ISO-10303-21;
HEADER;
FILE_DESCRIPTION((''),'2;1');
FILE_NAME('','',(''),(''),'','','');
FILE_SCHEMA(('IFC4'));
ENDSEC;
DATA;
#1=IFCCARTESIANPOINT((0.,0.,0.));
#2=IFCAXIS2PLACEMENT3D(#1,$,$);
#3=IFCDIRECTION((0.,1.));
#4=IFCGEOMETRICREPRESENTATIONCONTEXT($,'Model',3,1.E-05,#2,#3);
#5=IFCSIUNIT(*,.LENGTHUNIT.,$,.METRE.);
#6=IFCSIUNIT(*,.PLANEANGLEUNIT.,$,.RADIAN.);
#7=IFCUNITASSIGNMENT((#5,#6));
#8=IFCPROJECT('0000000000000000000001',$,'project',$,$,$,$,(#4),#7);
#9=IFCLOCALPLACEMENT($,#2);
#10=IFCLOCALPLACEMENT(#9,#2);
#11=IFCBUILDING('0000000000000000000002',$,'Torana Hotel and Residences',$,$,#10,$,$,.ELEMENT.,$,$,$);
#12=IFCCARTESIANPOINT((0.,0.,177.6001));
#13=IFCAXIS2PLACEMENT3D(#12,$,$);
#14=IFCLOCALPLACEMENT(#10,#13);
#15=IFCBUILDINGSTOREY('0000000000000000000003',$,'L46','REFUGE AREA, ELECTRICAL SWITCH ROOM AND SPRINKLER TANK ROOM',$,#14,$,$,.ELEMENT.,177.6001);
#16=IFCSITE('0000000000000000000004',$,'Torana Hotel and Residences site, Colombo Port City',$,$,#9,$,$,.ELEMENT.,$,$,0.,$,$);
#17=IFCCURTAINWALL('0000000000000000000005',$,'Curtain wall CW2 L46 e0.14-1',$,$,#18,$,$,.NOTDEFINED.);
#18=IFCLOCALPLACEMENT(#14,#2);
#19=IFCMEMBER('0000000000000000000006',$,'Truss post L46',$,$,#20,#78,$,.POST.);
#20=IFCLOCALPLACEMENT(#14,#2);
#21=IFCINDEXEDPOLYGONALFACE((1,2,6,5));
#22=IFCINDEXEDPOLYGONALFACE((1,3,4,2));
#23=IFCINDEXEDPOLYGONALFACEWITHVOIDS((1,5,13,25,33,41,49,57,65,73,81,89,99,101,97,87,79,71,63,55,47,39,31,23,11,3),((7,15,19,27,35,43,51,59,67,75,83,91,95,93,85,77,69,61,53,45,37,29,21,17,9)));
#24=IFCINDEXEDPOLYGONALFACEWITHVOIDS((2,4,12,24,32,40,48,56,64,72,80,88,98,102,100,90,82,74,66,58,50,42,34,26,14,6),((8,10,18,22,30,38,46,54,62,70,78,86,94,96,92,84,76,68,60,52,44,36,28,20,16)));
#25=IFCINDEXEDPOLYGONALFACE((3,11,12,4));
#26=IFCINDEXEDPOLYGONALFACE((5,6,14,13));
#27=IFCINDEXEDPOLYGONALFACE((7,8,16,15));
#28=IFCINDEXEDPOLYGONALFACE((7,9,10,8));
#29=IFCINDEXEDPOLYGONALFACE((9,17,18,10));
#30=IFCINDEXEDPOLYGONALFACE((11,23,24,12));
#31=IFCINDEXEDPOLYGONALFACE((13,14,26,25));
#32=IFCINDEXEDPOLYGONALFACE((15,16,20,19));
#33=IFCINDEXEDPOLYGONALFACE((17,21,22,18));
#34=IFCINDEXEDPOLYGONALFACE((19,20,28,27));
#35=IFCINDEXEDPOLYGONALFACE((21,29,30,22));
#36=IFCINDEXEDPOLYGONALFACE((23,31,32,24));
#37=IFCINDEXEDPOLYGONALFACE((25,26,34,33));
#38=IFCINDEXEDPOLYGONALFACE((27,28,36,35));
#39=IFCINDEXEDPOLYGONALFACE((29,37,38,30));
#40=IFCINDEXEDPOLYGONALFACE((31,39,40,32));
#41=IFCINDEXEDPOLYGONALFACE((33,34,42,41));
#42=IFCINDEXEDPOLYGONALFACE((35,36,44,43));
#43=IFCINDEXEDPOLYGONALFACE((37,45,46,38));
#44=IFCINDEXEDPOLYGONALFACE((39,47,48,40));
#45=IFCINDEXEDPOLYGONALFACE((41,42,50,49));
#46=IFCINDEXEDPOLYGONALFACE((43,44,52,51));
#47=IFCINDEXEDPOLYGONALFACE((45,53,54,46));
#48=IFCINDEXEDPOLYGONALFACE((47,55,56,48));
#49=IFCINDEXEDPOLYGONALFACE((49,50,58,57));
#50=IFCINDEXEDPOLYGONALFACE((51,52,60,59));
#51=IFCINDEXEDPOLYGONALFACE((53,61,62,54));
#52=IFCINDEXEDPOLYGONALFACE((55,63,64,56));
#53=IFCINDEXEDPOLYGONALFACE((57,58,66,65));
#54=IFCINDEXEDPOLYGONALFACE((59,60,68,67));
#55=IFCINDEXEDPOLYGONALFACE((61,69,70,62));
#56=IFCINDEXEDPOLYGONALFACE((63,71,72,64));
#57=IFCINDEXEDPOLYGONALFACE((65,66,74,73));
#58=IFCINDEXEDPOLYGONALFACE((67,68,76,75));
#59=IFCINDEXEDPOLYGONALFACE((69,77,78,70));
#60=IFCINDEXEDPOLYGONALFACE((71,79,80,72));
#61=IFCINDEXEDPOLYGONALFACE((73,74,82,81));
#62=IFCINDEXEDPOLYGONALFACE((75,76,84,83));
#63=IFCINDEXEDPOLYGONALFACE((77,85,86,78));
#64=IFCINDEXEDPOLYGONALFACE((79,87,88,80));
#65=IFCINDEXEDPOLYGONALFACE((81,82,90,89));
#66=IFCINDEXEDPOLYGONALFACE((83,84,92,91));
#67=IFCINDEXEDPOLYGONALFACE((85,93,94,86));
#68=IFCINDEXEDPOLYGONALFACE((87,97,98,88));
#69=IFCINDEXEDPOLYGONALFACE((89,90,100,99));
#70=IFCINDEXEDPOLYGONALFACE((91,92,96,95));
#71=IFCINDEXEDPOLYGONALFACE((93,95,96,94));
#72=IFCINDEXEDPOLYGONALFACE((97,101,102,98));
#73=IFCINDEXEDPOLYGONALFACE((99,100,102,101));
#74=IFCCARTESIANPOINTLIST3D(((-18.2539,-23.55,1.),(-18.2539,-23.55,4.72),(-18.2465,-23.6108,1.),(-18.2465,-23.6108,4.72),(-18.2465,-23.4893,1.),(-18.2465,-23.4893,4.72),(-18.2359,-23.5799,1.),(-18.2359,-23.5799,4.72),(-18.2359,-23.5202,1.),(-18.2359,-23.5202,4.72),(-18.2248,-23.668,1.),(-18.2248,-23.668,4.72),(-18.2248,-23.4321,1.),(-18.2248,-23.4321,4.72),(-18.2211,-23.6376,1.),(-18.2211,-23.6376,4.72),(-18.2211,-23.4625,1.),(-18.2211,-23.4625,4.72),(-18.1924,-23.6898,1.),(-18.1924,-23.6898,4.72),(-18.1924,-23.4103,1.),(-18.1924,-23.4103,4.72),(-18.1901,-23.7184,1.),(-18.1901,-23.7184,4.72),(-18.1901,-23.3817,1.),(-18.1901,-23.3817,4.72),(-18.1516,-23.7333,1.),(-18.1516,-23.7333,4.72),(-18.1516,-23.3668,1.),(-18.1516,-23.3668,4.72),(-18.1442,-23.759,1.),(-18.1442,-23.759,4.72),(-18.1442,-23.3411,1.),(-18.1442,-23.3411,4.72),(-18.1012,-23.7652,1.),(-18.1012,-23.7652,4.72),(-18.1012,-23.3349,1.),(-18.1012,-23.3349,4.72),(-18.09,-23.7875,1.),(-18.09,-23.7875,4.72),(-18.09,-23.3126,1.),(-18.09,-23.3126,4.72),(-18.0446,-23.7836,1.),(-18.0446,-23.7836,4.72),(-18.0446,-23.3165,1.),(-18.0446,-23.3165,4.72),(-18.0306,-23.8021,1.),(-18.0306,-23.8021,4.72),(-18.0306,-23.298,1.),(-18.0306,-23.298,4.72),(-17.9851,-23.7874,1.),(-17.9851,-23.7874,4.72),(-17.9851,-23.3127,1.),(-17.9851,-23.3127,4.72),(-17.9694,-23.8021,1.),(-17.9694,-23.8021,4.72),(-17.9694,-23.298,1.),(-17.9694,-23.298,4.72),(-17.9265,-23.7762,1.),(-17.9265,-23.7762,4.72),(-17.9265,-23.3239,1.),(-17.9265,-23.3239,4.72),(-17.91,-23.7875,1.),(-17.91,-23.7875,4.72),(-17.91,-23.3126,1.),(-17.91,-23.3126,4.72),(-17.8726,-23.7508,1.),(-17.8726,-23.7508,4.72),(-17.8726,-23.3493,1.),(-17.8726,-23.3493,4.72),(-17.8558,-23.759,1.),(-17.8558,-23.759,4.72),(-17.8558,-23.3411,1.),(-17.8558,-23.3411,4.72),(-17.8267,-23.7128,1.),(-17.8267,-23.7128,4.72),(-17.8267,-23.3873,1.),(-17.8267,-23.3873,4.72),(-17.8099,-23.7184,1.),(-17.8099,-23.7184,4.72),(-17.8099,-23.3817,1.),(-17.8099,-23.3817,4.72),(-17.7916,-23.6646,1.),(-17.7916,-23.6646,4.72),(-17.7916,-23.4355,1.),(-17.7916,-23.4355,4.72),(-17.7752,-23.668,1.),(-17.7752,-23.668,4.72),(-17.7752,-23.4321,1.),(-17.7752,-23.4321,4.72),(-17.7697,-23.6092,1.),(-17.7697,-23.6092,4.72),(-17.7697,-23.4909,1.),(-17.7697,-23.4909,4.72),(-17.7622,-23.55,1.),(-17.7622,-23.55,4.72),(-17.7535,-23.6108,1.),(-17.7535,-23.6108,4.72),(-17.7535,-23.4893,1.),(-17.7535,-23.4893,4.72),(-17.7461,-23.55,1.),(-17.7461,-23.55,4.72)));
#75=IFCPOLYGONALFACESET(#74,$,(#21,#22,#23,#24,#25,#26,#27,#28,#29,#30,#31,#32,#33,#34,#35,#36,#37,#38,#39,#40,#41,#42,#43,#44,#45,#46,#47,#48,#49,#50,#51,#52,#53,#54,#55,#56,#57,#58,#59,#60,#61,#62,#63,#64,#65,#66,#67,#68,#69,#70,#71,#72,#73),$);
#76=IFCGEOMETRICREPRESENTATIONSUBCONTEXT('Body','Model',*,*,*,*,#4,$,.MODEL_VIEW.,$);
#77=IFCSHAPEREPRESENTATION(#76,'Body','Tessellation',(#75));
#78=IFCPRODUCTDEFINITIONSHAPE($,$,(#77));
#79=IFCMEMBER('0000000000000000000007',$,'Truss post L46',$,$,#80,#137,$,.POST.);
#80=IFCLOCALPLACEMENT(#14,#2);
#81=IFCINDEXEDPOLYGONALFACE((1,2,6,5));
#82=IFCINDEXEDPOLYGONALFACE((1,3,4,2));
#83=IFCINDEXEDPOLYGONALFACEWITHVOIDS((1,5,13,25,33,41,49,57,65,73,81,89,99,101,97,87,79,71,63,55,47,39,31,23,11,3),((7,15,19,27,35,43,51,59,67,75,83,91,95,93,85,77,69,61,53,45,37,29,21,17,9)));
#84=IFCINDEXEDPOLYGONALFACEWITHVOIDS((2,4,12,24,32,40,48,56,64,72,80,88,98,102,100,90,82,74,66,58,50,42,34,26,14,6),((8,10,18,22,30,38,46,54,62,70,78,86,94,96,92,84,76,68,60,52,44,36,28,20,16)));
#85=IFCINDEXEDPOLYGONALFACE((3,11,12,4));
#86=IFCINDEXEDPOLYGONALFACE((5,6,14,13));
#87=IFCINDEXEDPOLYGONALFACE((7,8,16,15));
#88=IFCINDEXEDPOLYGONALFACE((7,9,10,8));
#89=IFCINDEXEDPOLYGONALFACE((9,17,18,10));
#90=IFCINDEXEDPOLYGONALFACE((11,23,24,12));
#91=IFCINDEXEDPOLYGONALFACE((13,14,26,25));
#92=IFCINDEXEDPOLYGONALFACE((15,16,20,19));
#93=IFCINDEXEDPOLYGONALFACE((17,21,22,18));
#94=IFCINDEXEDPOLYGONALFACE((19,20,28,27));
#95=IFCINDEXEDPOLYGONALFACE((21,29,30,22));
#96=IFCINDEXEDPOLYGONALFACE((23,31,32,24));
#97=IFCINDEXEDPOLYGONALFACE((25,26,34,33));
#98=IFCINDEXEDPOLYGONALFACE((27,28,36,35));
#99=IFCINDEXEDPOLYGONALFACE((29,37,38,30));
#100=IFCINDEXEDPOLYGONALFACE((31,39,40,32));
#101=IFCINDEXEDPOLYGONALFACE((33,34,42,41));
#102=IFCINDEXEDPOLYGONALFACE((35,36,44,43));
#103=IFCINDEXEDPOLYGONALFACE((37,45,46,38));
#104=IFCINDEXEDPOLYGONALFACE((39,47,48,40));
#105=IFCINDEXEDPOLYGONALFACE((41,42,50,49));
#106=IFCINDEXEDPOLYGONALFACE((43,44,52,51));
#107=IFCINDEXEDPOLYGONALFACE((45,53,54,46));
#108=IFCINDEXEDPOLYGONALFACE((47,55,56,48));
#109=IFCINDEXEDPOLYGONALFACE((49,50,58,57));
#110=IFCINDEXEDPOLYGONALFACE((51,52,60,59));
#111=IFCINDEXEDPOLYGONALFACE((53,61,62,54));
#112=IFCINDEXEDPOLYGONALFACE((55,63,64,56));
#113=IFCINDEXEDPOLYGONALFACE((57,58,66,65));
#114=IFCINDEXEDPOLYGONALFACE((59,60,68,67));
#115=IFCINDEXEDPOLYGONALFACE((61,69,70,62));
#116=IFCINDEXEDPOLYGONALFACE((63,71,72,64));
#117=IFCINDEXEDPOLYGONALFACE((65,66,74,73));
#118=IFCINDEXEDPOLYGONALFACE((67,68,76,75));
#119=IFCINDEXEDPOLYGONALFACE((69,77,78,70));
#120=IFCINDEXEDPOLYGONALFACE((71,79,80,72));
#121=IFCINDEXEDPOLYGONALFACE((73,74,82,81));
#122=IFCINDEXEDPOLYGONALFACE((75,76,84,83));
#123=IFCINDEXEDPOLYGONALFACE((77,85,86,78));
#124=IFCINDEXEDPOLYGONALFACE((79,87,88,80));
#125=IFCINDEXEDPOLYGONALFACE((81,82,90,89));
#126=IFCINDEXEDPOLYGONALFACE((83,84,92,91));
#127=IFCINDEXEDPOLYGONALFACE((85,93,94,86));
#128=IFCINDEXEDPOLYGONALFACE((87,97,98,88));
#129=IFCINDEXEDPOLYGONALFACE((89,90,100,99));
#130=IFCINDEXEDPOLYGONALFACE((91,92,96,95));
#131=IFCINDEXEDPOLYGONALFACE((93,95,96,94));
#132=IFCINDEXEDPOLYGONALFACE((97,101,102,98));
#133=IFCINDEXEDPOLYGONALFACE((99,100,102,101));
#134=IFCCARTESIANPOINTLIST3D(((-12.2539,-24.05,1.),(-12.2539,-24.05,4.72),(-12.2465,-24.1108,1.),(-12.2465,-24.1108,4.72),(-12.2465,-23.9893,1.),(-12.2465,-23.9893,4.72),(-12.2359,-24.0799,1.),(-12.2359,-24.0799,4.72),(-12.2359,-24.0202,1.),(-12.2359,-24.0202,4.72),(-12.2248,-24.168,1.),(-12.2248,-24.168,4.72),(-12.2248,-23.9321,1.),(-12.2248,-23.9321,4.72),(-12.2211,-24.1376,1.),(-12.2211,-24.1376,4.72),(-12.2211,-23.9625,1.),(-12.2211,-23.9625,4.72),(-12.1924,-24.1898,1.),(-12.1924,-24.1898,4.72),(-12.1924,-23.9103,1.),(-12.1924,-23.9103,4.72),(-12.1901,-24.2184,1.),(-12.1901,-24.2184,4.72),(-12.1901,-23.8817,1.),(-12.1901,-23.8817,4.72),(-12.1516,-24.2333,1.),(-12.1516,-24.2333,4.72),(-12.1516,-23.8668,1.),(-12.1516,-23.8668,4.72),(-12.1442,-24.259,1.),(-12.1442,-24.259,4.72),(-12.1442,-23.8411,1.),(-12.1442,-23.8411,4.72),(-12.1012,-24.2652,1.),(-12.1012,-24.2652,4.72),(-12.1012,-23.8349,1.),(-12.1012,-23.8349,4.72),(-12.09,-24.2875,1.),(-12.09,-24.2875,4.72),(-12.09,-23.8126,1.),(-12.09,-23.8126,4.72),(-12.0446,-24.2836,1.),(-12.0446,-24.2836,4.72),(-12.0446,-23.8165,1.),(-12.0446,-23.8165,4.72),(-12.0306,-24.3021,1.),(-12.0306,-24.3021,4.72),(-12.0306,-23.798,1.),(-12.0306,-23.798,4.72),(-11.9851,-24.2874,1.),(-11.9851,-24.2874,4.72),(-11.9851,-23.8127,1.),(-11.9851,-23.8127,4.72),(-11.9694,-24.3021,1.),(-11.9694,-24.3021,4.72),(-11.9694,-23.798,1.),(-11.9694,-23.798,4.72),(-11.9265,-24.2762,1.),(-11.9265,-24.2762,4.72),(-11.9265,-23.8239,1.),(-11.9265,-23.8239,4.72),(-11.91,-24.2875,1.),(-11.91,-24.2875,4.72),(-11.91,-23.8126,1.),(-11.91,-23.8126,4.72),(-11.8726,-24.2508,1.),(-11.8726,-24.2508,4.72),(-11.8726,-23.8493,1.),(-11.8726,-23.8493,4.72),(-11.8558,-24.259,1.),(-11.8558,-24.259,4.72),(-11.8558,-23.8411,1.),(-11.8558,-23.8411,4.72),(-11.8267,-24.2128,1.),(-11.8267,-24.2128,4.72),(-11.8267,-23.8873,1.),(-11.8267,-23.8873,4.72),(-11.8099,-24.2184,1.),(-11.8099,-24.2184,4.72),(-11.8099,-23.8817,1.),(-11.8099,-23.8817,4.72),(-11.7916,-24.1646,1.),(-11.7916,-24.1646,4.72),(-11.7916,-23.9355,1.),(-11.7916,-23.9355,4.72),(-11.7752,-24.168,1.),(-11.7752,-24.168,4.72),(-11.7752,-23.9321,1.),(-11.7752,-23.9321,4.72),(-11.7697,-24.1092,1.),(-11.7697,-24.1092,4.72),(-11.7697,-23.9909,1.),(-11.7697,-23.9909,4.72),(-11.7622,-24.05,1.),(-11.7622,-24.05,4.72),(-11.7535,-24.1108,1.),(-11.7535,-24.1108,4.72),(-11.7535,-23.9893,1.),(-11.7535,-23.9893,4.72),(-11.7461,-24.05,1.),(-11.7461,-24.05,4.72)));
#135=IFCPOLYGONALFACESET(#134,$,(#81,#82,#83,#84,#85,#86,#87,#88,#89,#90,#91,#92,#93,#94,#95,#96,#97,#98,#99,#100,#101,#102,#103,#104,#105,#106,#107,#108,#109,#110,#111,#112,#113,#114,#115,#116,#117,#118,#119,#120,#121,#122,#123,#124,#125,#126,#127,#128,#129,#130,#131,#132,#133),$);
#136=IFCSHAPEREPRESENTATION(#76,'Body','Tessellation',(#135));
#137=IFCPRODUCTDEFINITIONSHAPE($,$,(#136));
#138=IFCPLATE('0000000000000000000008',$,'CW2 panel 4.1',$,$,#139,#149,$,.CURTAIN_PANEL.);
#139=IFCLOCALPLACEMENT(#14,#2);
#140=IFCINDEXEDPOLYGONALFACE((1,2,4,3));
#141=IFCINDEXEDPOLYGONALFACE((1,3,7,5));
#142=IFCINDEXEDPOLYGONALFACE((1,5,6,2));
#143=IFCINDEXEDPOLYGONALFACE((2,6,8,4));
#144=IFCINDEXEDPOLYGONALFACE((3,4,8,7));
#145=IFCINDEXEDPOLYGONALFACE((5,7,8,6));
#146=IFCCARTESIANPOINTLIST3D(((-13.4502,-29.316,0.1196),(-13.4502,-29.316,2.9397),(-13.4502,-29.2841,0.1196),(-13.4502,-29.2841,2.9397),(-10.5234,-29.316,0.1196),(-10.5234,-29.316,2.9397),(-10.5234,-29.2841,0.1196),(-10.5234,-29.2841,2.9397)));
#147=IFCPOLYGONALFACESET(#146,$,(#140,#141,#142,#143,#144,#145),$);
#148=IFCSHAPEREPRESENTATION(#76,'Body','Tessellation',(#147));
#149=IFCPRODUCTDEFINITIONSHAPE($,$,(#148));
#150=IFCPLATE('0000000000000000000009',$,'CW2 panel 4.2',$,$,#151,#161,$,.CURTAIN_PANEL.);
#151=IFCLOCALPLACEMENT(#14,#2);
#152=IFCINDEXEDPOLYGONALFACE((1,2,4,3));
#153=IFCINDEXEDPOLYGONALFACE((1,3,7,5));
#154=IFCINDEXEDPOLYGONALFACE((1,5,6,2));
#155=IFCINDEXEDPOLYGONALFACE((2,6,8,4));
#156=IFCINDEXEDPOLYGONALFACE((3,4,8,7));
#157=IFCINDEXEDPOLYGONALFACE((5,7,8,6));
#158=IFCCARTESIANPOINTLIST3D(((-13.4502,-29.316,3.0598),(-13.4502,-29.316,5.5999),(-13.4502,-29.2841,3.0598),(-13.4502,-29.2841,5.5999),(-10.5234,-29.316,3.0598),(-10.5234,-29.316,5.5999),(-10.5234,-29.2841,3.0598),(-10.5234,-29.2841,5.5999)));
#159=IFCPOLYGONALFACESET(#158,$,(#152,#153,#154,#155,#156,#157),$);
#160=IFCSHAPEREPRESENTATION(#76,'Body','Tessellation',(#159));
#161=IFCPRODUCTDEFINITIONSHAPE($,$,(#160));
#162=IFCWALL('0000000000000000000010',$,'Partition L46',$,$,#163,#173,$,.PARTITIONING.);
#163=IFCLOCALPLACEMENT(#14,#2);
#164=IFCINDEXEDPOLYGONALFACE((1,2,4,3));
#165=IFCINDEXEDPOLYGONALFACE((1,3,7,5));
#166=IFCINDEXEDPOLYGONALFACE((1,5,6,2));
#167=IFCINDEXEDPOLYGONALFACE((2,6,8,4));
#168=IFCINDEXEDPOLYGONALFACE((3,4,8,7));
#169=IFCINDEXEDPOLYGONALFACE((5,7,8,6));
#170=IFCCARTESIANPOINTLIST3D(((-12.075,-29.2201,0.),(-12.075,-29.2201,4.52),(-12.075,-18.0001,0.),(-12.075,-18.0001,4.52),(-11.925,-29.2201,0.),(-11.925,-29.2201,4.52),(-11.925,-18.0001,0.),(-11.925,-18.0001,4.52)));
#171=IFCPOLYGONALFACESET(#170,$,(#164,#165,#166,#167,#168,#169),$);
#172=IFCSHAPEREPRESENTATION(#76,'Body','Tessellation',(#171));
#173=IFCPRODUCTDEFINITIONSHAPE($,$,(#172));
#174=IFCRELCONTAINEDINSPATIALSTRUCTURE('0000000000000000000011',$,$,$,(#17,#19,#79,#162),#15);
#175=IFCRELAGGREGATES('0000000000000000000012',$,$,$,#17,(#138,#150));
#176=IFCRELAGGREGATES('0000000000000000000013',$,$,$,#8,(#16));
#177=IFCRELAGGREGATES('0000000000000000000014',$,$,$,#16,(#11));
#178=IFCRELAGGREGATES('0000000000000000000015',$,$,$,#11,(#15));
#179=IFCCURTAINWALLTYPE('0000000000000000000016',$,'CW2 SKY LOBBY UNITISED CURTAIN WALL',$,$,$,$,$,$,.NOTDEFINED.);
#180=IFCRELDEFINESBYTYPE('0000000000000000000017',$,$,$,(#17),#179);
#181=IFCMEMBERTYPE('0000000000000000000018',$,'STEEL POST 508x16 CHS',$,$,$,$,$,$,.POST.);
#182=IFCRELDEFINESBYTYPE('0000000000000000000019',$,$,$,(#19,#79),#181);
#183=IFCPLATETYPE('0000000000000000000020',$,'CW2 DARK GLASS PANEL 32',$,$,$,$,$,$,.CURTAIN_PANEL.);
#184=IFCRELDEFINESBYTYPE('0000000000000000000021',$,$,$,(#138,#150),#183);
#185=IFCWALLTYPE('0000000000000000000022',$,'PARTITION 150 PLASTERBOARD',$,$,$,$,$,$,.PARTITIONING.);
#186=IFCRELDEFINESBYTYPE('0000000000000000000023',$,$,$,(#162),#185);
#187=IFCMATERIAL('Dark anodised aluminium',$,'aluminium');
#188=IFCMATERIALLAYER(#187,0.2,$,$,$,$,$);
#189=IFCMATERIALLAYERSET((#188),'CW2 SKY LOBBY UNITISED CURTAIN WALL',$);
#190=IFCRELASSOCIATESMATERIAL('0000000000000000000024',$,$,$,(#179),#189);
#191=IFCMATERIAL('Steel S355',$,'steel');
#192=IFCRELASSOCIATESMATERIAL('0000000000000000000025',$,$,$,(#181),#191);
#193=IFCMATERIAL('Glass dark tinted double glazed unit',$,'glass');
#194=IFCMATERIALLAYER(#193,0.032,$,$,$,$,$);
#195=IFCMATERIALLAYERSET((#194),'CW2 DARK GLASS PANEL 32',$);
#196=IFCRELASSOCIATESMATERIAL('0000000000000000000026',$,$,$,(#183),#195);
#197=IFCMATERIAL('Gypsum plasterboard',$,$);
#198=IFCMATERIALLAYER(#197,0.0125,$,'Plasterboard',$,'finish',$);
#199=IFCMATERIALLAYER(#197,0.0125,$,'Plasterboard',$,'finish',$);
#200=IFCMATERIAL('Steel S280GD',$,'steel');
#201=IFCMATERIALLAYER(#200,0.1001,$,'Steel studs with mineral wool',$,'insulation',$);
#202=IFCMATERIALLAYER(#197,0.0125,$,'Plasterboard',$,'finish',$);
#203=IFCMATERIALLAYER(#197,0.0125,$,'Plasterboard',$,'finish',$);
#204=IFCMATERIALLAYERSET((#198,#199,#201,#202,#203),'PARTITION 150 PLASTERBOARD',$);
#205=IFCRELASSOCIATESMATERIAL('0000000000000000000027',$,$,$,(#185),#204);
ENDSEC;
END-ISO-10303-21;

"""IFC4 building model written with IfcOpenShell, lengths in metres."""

from ifc_helpers import new_model, si_unit, direction, frame, frame_2d, origin, origin_2d, place, context, subcontext, project, spatial, rectangle, hollow_circle, extrude, material, layer, layer_set, material_profile, profile_set, type_object, element, aggregate, save


model = new_model("IFC4")

# Units and contexts
model_context = context("Model", 3, precision=1e-05, world=origin(), true_north=direction((0.0, 1.0)))
body_context = subcontext(model_context, "Body", "Model", "MODEL_VIEW")
ifc_project = project(units=[si_unit("LENGTHUNIT", "METRE"), si_unit("PLANEANGLEUNIT", "RADIAN")], contexts=[model_context])

# Site, building, storey
site_placement = place(None, origin())
site = spatial("IfcSite", under=ifc_project, at=site_placement, Name="Torana Hotel and Residences site, Colombo Port City", CompositionType="ELEMENT", RefElevation=0.0)
building_placement = place(site_placement, origin())
building = spatial("IfcBuilding", under=site, at=building_placement, Name="Torana Hotel and Residences", CompositionType="ELEMENT")
storey_placement = place(building_placement, frame((0.0, 0.0, 177.6001)))
storey = spatial("IfcBuildingStorey", under=building, at=storey_placement, Name="L46", Description="REFUGE AREA, ELECTRICAL SWITCH ROOM AND SPRINKLER TANK ROOM", CompositionType="ELEMENT", Elevation=177.6001)

# Curtain wall
ifc_material_1 = material(Name="Dark anodised aluminium", Category="aluminium")
ifc_layer_1 = layer(ifc_material_1, 0.2)
ifc_layer_set_1 = layer_set([ifc_layer_1], Name="CW2 SKY LOBBY UNITISED CURTAIN WALL")
curtain_wall_type = type_object("IfcCurtainWallType", Name="CW2 SKY LOBBY UNITISED CURTAIN WALL", PredefinedType="NOTDEFINED", material=ifc_layer_set_1)
curtain_wall_placement = place(storey_placement, origin())
curtain_wall = element("IfcCurtainWall", 1, at=curtain_wall_placement, inside=storey, type_object=curtain_wall_type, Name="Curtain wall CW2 L46 e0.14-1", PredefinedType="NOTDEFINED")

# Members
ifc_material_2 = material(Name="Steel S355", Category="steel")
ifc_material_profile_1 = material_profile(ifc_material_2, hollow_circle(Radius=0.2539, WallThickness=0.0161, at=origin_2d()), Name="508x16 CHS")
ifc_profile_set_1 = profile_set([ifc_material_profile_1], Name="Steel S355")
member_type_1 = type_object("IfcMemberType", Name="STEEL POST 508x16 CHS", PredefinedType="POST", material=ifc_profile_set_1)
for number, where, z_axis, x_axis, name in (
    (2, (-18.0, -23.55, 1.0), (0.0, 0.0, 1.0), (1.0, 0.0, 0.0), "Truss post L46"),
    (3, (-12.0, -24.05, 1.0), (0.0, 0.0, 1.0), (1.0, 0.0, 0.0), "Truss post L46"),
):
    element("IfcMember", number, at=place(storey_placement, frame(where, z_axis=z_axis, x_axis=x_axis)), inside=storey, type_object=member_type_1, Name=name, PredefinedType="POST", context=body_context, shape_type="SweptSolid", body=[
        extrude(hollow_circle(Radius=0.2539, WallThickness=0.0161, at=origin_2d()), origin(), (0.0, 0.0, 1.0), 3.72),
    ])

# Plates
ifc_material_3 = material(Name="Glass dark tinted double glazed unit", Category="glass")
ifc_layer_2 = layer(ifc_material_3, 0.032)
ifc_layer_set_2 = layer_set([ifc_layer_2], Name="CW2 DARK GLASS PANEL 32")
plate_type = type_object("IfcPlateType", Name="CW2 DARK GLASS PANEL 32", PredefinedType="CURTAIN_PANEL", material=ifc_layer_set_2)
plate_1_placement = place(storey_placement, frame((-11.9868, -29.3, 0.1196), z_axis=(0.0, 0.0, 1.0), x_axis=(1.0, 0.0, 0.0)))
plate_1 = element("IfcPlate", 4, at=plate_1_placement, type_object=plate_type, Name="CW2 panel 4.1", PredefinedType="CURTAIN_PANEL", context=body_context, shape_type="SweptSolid", body=[
    extrude(rectangle(XDim=2.9268, YDim=0.032, at=origin_2d()), origin(), (0.0, 0.0, 1.0), 2.8201),
])
plate_2_placement = place(storey_placement, frame((-11.9868, -29.3, 3.0598), z_axis=(0.0, 0.0, 1.0), x_axis=(1.0, 0.0, 0.0)))
plate_2 = element("IfcPlate", 5, at=plate_2_placement, type_object=plate_type, Name="CW2 panel 4.2", PredefinedType="CURTAIN_PANEL", context=body_context, shape_type="SweptSolid", body=[
    extrude(rectangle(XDim=2.9268, YDim=0.032, at=origin_2d()), origin(), (0.0, 0.0, 1.0), 2.54),
])
aggregate(curtain_wall, [plate_1, plate_2])

# Wall
ifc_material_4 = material(Name="Gypsum plasterboard")
ifc_layer_3 = layer(ifc_material_4, 0.0125, Name="Plasterboard", Category="finish")
ifc_layer_4 = layer(ifc_material_4, 0.0125, Name="Plasterboard", Category="finish")
ifc_material_5 = material(Name="Steel S280GD", Category="steel")
ifc_layer_5 = layer(ifc_material_5, 0.1001, Name="Steel studs with mineral wool", Category="insulation")
ifc_layer_6 = layer(ifc_material_4, 0.0125, Name="Plasterboard", Category="finish")
ifc_layer_7 = layer(ifc_material_4, 0.0125, Name="Plasterboard", Category="finish")
ifc_layer_set_3 = layer_set([ifc_layer_3, ifc_layer_4, ifc_layer_5, ifc_layer_6, ifc_layer_7], Name="PARTITION 150 PLASTERBOARD")
wall_type = type_object("IfcWallType", Name="PARTITION 150 PLASTERBOARD", PredefinedType="PARTITIONING", material=ifc_layer_set_3)
wall_placement = place(storey_placement, frame((-12.0, -29.22, 0.0), z_axis=(0.0, 0.0, 1.0), x_axis=(0.0, 1.0, 0.0)))
element("IfcWall", 6, at=wall_placement, inside=storey, type_object=wall_type, Name="Partition L46", PredefinedType="PARTITIONING", context=body_context, shape_type="SweptSolid", body=[
    extrude(rectangle(XDim=11.22, YDim=0.1499, at=frame_2d((5.6099, 0.0))), origin(), (0.0, 0.0, 1.0), 4.52),
])

save(model, "model.ifc")
